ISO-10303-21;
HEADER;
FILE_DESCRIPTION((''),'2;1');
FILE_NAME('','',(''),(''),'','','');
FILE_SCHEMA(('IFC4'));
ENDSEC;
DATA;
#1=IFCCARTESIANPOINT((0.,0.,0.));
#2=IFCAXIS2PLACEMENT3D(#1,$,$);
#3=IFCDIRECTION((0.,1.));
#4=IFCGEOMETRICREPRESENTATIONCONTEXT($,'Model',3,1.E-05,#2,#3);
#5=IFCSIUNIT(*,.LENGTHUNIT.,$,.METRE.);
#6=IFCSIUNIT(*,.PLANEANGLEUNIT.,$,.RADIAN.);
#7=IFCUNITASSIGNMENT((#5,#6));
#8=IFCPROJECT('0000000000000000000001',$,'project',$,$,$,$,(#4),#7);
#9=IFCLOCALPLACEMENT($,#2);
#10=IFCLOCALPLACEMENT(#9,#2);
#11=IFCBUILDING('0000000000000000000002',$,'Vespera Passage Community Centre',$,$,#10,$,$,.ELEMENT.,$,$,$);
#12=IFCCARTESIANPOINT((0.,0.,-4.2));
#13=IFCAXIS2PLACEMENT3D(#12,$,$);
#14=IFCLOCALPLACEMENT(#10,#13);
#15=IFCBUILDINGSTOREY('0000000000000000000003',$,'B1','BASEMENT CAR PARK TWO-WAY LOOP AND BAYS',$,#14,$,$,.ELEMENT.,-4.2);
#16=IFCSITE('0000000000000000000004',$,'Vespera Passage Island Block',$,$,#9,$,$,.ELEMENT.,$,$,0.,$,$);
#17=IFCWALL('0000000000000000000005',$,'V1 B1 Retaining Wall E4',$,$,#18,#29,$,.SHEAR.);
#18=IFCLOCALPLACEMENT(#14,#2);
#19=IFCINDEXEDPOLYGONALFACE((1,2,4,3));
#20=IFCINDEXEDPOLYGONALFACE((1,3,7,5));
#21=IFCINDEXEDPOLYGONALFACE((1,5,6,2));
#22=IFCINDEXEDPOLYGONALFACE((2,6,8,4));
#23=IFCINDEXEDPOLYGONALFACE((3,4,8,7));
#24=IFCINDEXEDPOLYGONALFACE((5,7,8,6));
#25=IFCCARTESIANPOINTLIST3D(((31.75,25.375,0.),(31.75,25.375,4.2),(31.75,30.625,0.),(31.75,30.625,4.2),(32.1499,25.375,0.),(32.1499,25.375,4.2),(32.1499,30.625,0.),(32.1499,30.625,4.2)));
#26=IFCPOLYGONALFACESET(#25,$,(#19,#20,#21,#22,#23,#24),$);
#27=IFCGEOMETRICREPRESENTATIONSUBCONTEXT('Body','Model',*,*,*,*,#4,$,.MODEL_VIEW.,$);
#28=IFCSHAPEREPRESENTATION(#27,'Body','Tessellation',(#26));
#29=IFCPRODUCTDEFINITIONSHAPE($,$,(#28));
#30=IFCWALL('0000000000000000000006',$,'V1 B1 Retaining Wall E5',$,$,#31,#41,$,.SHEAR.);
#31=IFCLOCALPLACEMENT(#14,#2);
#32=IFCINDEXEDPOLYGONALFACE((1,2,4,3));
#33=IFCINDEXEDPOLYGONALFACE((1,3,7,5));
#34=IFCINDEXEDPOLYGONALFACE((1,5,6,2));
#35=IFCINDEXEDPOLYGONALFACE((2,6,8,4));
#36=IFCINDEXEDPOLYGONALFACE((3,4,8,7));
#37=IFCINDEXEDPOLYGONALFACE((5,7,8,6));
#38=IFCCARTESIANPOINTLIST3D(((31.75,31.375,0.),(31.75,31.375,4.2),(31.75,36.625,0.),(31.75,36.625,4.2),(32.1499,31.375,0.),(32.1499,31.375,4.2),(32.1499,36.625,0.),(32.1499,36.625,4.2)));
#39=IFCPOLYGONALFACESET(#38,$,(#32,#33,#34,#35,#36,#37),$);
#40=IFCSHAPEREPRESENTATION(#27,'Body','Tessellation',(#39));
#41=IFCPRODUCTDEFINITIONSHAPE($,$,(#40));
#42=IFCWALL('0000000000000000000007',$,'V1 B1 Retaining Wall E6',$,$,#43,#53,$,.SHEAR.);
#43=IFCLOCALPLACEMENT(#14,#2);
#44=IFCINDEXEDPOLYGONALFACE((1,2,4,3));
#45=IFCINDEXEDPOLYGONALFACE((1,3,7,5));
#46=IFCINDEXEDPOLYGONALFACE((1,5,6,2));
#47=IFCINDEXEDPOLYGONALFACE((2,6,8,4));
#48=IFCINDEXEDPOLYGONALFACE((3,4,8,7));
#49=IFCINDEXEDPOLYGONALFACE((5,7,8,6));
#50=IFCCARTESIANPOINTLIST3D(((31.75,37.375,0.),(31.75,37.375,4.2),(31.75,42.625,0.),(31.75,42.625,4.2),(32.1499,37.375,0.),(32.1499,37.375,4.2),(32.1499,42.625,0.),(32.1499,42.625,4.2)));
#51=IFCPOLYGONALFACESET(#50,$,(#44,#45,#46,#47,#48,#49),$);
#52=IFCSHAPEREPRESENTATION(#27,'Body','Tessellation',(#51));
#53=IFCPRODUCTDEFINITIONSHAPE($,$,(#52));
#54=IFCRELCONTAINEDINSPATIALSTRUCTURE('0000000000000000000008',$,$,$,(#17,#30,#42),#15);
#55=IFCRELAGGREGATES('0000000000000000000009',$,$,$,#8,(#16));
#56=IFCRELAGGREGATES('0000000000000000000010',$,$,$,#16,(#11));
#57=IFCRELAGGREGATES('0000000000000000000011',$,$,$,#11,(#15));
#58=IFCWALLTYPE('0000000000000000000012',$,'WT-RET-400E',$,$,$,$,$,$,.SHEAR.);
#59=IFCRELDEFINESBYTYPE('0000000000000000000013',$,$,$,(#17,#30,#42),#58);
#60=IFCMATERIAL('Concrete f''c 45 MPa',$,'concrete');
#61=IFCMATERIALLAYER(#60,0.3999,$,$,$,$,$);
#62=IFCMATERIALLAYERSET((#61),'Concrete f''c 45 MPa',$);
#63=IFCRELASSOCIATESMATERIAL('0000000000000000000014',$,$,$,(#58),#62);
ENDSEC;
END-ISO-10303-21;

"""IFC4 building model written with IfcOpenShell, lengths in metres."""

from ifc_helpers import new_model, si_unit, direction, frame, frame_2d, origin, place, context, subcontext, project, spatial, rectangle, extrude, material, layer, layer_set, type_object, element, save


model = new_model("IFC4")

# Units and contexts
model_context = context("Model", 3, precision=1e-05, world=origin(), true_north=direction((0.0, 1.0)))
body_context = subcontext(model_context, "Body", "Model", "MODEL_VIEW")
ifc_project = project(units=[si_unit("LENGTHUNIT", "METRE"), si_unit("PLANEANGLEUNIT", "RADIAN")], contexts=[model_context])

# Site, building, storey
site_placement = place(None, origin())
site = spatial("IfcSite", under=ifc_project, at=site_placement, Name="Vespera Passage Island Block", CompositionType="ELEMENT", RefElevation=0.0)
building_placement = place(site_placement, origin())
building = spatial("IfcBuilding", under=site, at=building_placement, Name="Vespera Passage Community Centre", CompositionType="ELEMENT")
storey_placement = place(building_placement, frame((0.0, 0.0, -4.2)))
storey = spatial("IfcBuildingStorey", under=building, at=storey_placement, Name="B1", Description="BASEMENT CAR PARK TWO-WAY LOOP AND BAYS", CompositionType="ELEMENT", Elevation=-4.2)

# Walls
ifc_material_1 = material(Name="Concrete f'c 45 MPa", Category="concrete")
ifc_layer = layer(ifc_material_1, 0.3999)
ifc_layer_set = layer_set([ifc_layer], Name="Concrete f'c 45 MPa")
wall_type = type_object("IfcWallType", Name="WT-RET-400E", PredefinedType="SHEAR", material=ifc_layer_set)
for number, where, z_axis, x_axis, name in (
    (1, (31.95, 30.625, 0.0), (0.0, 0.0, 1.0), (0.0, -1.0, 0.0), "V1 B1 Retaining Wall E4"),
    (2, (31.95, 36.625, 0.0), (0.0, 0.0, 1.0), (0.0, -1.0, 0.0), "V1 B1 Retaining Wall E5"),
    (3, (31.95, 42.625, 0.0), (0.0, 0.0, 1.0), (0.0, -1.0, 0.0), "V1 B1 Retaining Wall E6"),
):
    element("IfcWall", number, at=place(storey_placement, frame(where, z_axis=z_axis, x_axis=x_axis)), inside=storey, type_object=wall_type, Name=name, PredefinedType="SHEAR", context=body_context, shape_type="SweptSolid", body=[
        extrude(rectangle(XDim=5.25, YDim=0.3999, at=frame_2d((2.625, 0.0))), origin(), (0.0, 0.0, 1.0), 4.2),
    ])

save(model, "model.ifc")
